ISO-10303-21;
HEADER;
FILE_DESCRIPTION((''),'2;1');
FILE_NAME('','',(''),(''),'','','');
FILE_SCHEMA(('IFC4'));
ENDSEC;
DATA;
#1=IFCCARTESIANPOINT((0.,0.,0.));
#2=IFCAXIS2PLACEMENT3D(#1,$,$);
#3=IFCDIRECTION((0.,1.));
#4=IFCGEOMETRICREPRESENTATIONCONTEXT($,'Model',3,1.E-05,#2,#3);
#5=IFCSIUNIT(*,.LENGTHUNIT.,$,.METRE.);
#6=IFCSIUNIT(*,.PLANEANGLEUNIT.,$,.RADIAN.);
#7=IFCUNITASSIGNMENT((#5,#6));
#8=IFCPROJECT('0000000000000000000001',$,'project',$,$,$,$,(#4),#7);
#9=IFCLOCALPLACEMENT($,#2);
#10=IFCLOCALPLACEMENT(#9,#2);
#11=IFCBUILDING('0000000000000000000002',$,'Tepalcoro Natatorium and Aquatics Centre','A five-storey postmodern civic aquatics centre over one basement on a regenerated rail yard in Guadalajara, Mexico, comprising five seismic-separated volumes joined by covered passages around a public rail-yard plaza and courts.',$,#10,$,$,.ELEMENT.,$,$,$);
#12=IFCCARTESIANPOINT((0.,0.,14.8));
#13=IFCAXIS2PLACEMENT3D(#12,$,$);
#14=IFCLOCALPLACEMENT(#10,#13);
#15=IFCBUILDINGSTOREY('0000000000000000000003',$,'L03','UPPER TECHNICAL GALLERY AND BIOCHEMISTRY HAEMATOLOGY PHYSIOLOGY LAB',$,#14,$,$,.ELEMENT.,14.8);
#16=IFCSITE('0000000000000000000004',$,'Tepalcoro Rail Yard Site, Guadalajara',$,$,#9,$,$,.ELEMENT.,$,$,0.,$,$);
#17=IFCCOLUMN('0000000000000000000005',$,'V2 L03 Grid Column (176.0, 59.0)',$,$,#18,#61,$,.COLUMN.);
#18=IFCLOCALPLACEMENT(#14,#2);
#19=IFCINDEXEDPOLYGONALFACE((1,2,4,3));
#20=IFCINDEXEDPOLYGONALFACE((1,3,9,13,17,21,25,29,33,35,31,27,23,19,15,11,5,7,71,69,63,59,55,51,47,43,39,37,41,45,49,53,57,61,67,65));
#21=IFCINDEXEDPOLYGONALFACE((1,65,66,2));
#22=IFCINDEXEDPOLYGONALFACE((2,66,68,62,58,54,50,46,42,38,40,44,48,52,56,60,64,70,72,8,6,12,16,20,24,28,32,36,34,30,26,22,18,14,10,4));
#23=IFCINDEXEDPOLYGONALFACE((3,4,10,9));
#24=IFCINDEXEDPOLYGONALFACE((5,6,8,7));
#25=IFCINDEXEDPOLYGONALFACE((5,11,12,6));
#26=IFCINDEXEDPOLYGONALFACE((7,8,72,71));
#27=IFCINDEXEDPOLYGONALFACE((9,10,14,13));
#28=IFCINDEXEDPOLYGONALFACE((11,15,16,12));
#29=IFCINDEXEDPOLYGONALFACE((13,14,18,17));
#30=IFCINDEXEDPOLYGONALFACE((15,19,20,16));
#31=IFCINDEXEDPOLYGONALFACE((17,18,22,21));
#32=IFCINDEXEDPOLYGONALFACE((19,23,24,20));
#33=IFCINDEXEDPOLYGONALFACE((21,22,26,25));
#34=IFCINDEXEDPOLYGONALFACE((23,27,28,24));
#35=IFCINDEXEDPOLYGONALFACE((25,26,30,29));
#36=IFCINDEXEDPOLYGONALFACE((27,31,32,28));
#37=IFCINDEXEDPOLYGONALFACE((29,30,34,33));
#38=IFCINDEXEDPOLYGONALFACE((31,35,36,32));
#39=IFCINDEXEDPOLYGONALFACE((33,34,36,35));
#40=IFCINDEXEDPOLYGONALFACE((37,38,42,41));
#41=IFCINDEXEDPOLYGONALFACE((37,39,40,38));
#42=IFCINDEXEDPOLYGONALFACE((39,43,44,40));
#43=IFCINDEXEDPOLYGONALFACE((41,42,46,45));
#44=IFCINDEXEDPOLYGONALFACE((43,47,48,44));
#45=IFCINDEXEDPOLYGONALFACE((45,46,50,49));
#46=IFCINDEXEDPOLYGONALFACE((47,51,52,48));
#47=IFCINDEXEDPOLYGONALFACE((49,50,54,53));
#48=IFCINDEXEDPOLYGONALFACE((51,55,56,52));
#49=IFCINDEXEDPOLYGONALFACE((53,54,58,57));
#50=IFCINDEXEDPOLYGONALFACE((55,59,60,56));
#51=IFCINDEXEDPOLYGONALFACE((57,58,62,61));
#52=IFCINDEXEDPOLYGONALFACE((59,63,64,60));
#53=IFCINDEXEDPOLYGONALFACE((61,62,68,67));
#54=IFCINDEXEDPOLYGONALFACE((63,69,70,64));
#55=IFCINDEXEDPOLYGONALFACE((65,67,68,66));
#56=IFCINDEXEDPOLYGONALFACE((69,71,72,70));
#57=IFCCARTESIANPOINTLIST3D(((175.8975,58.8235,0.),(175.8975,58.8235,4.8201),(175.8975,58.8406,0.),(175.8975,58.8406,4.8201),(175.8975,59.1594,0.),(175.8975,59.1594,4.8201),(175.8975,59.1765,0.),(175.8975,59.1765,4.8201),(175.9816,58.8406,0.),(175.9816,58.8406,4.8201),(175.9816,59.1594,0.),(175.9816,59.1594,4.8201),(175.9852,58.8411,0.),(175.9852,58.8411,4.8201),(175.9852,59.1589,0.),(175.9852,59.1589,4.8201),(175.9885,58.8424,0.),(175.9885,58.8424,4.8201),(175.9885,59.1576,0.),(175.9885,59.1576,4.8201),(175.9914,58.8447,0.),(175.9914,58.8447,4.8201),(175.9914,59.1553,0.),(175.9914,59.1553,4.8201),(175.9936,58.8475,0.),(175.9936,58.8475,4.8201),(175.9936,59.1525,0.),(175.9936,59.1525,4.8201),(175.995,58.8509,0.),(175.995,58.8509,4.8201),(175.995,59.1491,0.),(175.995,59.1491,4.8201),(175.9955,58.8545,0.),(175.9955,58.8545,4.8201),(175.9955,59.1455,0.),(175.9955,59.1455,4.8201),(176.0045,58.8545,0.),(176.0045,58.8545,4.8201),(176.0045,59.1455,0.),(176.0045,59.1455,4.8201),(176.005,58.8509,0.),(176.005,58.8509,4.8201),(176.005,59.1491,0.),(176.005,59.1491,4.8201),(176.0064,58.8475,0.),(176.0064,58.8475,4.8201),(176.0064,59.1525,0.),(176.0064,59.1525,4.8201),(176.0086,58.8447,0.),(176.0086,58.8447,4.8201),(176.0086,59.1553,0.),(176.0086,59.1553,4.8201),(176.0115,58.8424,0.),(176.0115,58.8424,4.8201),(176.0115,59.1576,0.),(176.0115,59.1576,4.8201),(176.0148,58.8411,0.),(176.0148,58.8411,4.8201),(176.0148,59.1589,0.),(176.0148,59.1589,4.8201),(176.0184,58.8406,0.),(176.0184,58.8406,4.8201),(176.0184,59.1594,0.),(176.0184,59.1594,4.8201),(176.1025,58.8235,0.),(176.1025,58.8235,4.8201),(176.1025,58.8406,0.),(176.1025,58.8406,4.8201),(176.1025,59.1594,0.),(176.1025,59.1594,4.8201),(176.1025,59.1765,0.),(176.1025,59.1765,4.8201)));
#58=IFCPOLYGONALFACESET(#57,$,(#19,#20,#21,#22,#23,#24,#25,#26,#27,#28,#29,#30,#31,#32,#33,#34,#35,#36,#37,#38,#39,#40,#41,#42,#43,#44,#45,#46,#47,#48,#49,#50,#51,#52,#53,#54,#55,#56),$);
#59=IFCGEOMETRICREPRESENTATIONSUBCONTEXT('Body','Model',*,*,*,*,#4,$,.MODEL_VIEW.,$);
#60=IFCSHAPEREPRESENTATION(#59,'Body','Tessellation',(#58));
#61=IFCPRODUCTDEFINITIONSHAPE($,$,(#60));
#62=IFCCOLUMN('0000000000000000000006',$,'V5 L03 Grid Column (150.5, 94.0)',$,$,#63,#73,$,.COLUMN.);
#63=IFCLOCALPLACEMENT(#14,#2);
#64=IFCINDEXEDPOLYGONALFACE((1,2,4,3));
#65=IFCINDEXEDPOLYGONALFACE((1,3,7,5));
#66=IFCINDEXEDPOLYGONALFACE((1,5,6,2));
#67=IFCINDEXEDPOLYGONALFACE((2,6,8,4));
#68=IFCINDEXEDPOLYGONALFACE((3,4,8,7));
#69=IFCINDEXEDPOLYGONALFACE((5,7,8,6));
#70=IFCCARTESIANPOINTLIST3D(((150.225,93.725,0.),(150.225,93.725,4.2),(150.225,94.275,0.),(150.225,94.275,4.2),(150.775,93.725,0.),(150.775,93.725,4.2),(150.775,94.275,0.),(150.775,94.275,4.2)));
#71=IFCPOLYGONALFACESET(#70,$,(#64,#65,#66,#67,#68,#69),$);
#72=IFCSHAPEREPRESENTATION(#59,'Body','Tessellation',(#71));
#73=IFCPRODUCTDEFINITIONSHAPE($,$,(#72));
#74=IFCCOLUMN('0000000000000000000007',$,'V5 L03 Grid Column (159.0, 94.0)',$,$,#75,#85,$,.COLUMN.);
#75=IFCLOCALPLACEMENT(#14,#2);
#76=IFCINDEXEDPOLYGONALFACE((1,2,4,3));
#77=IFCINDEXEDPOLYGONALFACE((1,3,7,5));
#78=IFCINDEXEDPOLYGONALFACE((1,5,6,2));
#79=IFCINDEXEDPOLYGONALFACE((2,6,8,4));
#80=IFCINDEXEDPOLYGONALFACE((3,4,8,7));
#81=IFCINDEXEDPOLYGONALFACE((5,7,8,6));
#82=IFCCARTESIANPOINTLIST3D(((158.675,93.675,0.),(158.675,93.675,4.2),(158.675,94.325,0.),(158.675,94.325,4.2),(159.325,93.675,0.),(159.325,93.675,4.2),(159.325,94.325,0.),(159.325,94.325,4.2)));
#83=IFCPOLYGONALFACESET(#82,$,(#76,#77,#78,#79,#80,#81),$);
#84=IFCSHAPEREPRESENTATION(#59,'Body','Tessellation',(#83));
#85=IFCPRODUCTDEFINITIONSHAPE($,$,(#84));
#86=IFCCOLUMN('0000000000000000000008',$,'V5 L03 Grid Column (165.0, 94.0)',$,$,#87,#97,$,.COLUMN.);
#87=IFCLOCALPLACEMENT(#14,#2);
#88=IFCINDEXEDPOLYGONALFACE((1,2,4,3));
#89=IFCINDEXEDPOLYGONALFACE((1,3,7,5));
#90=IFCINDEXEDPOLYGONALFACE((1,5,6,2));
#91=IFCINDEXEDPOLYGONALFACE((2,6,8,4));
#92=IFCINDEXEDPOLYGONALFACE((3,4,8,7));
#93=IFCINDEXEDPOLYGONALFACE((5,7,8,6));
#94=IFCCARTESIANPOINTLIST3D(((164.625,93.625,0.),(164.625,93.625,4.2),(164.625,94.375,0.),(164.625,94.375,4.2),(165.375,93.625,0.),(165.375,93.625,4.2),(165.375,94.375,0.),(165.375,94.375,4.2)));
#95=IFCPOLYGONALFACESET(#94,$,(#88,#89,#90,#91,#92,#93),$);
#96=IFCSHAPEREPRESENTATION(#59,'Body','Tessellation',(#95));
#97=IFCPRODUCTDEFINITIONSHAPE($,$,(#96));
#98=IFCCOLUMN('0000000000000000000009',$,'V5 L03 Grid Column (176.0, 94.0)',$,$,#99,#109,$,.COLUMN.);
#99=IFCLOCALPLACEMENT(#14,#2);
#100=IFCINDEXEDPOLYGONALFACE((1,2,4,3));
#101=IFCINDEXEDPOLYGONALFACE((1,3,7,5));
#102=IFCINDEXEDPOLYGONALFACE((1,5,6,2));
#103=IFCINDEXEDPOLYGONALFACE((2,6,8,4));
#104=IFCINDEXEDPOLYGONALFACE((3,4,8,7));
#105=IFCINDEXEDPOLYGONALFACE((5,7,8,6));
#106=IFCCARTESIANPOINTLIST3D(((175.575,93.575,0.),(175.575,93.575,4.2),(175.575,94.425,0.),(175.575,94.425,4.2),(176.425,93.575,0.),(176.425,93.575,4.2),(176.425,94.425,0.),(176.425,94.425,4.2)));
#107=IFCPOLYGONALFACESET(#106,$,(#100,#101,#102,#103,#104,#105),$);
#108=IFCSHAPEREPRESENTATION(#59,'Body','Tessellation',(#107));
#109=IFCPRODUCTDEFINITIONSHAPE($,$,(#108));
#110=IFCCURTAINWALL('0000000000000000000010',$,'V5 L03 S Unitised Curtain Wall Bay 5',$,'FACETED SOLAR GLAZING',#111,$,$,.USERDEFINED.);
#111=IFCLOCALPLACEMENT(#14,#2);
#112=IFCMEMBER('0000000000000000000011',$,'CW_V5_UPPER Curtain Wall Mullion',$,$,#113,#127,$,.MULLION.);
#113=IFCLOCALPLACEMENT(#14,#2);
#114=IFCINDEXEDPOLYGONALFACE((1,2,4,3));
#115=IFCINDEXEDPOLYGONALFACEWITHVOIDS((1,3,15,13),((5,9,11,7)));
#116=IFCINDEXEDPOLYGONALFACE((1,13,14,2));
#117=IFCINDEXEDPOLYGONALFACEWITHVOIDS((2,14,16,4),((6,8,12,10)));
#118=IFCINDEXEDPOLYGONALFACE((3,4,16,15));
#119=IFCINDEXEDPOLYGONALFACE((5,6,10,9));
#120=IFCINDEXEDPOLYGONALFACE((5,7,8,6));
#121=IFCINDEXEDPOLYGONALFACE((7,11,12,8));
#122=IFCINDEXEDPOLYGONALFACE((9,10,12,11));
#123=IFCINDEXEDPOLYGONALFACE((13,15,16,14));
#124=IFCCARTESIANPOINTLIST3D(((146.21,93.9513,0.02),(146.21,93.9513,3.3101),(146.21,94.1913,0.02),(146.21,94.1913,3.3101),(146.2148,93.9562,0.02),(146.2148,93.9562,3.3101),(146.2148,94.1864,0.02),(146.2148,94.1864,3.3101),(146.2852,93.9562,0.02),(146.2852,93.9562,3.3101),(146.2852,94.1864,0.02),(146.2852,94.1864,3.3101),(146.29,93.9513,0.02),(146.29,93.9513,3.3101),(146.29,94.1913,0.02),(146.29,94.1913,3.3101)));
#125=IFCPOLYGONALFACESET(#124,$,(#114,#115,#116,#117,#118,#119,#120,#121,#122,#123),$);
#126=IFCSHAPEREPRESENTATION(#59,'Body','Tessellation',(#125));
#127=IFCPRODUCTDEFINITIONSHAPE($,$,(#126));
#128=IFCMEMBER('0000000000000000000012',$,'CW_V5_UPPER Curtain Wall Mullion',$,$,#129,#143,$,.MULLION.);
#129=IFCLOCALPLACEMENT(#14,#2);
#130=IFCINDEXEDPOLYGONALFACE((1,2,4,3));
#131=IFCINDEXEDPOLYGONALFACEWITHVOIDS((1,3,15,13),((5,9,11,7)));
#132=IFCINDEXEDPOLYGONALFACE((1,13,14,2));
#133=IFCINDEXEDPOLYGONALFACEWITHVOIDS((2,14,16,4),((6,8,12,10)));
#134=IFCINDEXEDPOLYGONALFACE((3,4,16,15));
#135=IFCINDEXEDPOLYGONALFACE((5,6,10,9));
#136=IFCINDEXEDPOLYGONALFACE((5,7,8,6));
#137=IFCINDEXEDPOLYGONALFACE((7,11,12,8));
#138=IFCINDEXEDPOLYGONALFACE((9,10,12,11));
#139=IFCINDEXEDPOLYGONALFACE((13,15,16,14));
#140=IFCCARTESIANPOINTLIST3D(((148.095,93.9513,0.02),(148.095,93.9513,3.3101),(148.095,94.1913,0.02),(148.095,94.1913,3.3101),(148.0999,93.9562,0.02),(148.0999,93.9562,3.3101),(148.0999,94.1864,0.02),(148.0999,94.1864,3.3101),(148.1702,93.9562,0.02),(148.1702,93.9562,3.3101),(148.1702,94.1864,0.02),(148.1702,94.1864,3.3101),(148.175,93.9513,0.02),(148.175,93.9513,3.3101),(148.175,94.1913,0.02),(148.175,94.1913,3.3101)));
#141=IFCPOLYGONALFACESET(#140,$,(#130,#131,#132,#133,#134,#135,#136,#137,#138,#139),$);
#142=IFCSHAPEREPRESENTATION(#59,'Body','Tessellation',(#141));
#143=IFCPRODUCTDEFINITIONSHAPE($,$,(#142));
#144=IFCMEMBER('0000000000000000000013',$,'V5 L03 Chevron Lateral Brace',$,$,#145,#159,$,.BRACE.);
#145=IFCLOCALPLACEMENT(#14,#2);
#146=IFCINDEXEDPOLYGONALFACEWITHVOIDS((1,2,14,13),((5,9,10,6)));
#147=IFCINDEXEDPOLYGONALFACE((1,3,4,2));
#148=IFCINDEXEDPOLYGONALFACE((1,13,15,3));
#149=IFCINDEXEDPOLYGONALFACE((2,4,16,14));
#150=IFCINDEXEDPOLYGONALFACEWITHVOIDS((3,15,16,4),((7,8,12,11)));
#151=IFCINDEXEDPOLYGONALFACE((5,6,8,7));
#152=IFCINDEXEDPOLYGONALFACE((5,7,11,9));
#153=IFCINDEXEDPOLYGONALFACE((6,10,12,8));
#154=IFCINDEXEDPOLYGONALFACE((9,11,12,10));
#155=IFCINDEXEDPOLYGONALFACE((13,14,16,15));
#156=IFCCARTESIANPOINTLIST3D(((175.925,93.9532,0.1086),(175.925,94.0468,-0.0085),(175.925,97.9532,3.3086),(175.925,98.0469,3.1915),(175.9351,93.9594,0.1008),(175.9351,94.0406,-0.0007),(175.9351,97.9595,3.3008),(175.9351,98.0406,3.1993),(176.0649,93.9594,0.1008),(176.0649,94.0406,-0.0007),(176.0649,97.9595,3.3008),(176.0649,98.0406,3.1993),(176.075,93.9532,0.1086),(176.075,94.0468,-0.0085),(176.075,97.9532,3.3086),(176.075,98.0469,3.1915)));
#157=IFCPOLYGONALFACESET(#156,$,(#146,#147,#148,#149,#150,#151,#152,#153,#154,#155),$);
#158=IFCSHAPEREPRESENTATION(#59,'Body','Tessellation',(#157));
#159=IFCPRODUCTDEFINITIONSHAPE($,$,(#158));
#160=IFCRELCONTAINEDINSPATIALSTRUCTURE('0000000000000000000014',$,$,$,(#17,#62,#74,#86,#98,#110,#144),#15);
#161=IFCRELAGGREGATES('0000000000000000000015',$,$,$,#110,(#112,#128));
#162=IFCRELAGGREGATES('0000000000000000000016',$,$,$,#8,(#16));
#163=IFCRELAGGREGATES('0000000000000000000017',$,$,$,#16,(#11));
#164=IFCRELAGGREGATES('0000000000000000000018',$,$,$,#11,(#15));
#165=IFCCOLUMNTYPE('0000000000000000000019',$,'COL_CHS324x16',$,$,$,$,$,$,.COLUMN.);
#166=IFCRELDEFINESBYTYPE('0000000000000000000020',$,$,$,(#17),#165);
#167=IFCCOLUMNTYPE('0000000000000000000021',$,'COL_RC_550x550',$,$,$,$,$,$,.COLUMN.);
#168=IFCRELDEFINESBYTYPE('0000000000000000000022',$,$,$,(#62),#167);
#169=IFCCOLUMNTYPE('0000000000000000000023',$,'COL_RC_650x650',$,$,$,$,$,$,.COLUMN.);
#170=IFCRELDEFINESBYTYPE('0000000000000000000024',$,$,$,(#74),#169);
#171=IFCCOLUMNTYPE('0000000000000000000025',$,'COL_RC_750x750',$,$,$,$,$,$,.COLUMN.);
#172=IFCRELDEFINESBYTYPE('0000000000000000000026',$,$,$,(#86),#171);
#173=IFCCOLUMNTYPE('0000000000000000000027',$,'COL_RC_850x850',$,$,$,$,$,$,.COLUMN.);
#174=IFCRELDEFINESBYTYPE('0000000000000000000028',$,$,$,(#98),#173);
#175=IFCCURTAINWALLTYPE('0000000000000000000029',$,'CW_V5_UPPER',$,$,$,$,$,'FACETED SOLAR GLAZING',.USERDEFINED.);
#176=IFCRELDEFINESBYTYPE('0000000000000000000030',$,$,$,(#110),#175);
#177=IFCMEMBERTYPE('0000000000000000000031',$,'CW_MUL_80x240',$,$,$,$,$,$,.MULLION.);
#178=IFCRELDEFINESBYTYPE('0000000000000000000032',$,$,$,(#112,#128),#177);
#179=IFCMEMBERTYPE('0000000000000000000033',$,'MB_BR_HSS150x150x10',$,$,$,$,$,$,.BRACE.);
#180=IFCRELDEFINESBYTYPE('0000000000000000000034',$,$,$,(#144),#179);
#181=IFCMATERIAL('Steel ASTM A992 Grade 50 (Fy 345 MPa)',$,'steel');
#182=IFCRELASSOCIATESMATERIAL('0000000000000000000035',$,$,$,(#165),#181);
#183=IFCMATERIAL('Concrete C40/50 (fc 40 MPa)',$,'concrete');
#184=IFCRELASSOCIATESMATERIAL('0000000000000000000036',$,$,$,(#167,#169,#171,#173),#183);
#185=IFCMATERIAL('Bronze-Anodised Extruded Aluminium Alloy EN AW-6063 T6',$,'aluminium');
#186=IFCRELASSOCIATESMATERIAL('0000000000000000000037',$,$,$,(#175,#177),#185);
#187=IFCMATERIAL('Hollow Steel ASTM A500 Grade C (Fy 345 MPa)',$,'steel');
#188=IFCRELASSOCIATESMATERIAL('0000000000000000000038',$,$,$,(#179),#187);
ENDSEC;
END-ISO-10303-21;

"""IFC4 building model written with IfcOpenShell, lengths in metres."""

from ifc_helpers import new_model, si_unit, direction, frame, origin, origin_2d, place, context, subcontext, project, spatial, rectangle, hollow_rectangle, i_section, extrude, material, material_profile, profile_set, type_object, element, aggregate, save


model = new_model("IFC4")

# Units and contexts
model_context = context("Model", 3, precision=1e-05, world=origin(), true_north=direction((0.0, 1.0)))
body_context = subcontext(model_context, "Body", "Model", "MODEL_VIEW")
ifc_project = project(units=[si_unit("LENGTHUNIT", "METRE"), si_unit("PLANEANGLEUNIT", "RADIAN")], contexts=[model_context])

# Site, building, storey
site_placement = place(None, origin())
site = spatial("IfcSite", under=ifc_project, at=site_placement, Name="Tepalcoro Rail Yard Site, Guadalajara", CompositionType="ELEMENT", RefElevation=0.0)
building_placement = place(site_placement, origin())
building = spatial("IfcBuilding", under=site, at=building_placement, Name="Tepalcoro Natatorium and Aquatics Centre", Description="A five-storey postmodern civic aquatics centre over one basement on a regenerated rail yard in Guadalajara, Mexico, comprising five seismic-separated volumes joined by covered passages around a public rail-yard plaza and courts.", CompositionType="ELEMENT")
storey_placement = place(building_placement, frame((0.0, 0.0, 14.8)))
storey = spatial("IfcBuildingStorey", under=building, at=storey_placement, Name="L03", Description="UPPER TECHNICAL GALLERY AND BIOCHEMISTRY HAEMATOLOGY PHYSIOLOGY LAB", CompositionType="ELEMENT", Elevation=14.8)

# Columns
ifc_material_1 = material(Name="Steel ASTM A992 Grade 50 (Fy 345 MPa)", Category="steel")
ifc_material_profile_1 = material_profile(ifc_material_1, i_section(OverallWidth=0.2051, OverallDepth=0.353, WebThickness=0.009, FlangeThickness=0.0171, FilletRadius=0.0139, at=origin_2d()), Name="W14X53")
ifc_profile_set_1 = profile_set([ifc_material_profile_1], Name="Steel ASTM A992 Grade 50 (Fy 345 MPa)")
column_type_1 = type_object("IfcColumnType", Name="COL_CHS324x16", PredefinedType="COLUMN", material=ifc_profile_set_1)
column_1_placement = place(storey_placement, frame((176.0, 59.0, 0.0), z_axis=(0.0, 0.0, 1.0), x_axis=(1.0, 0.0, 0.0)))
element("IfcColumn", 1, at=column_1_placement, inside=storey, type_object=column_type_1, Name="V2 L03 Grid Column (176.0, 59.0)", PredefinedType="COLUMN", context=body_context, shape_type="SweptSolid", body=[
    extrude(i_section(OverallWidth=0.2051, OverallDepth=0.353, WebThickness=0.009, FlangeThickness=0.0171, FilletRadius=0.0139, at=origin_2d()), origin(), (0.0, 0.0, 1.0), 4.8201),
])
ifc_material_2 = material(Name="Concrete C40/50 (fc 40 MPa)", Category="concrete")
ifc_material_profile_2 = material_profile(ifc_material_2, rectangle(XDim=0.55, YDim=0.55, at=origin_2d()), Name="RC550x550")
ifc_profile_set_2 = profile_set([ifc_material_profile_2], Name="Concrete C40/50 (fc 40 MPa)")
column_type_2 = type_object("IfcColumnType", Name="COL_RC_550x550", PredefinedType="COLUMN", material=ifc_profile_set_2)
column_2_placement = place(storey_placement, frame((150.5, 94.0, 0.0), z_axis=(0.0, 0.0, 1.0), x_axis=(1.0, 0.0, 0.0)))
element("IfcColumn", 2, at=column_2_placement, inside=storey, type_object=column_type_2, Name="V5 L03 Grid Column (150.5, 94.0)", PredefinedType="COLUMN", context=body_context, shape_type="SweptSolid", body=[
    extrude(rectangle(XDim=0.55, YDim=0.55, at=origin_2d()), origin(), (0.0, 0.0, 1.0), 4.2),
])
ifc_material_profile_3 = material_profile(ifc_material_2, rectangle(XDim=0.6499, YDim=0.6499, at=origin_2d()), Name="RC650x650")
ifc_profile_set_3 = profile_set([ifc_material_profile_3], Name="Concrete C40/50 (fc 40 MPa)")
column_type_3 = type_object("IfcColumnType", Name="COL_RC_650x650", PredefinedType="COLUMN", material=ifc_profile_set_3)
column_3_placement = place(storey_placement, frame((159.0, 94.0, 0.0), z_axis=(0.0, 0.0, 1.0), x_axis=(1.0, 0.0, 0.0)))
element("IfcColumn", 3, at=column_3_placement, inside=storey, type_object=column_type_3, Name="V5 L03 Grid Column (159.0, 94.0)", PredefinedType="COLUMN", context=body_context, shape_type="SweptSolid", body=[
    extrude(rectangle(XDim=0.6499, YDim=0.6499, at=origin_2d()), origin(), (0.0, 0.0, 1.0), 4.2),
])
ifc_material_profile_4 = material_profile(ifc_material_2, rectangle(XDim=0.75, YDim=0.75, at=origin_2d()), Name="RC750x750")
ifc_profile_set_4 = profile_set([ifc_material_profile_4], Name="Concrete C40/50 (fc 40 MPa)")
column_type_4 = type_object("IfcColumnType", Name="COL_RC_750x750", PredefinedType="COLUMN", material=ifc_profile_set_4)
column_4_placement = place(storey_placement, frame((165.0, 94.0, 0.0), z_axis=(0.0, 0.0, 1.0), x_axis=(1.0, 0.0, 0.0)))
element("IfcColumn", 4, at=column_4_placement, inside=storey, type_object=column_type_4, Name="V5 L03 Grid Column (165.0, 94.0)", PredefinedType="COLUMN", context=body_context, shape_type="SweptSolid", body=[
    extrude(rectangle(XDim=0.75, YDim=0.75, at=origin_2d()), origin(), (0.0, 0.0, 1.0), 4.2),
])
ifc_material_profile_5 = material_profile(ifc_material_2, rectangle(XDim=0.8501, YDim=0.8501, at=origin_2d()), Name="RC850x850")
ifc_profile_set_5 = profile_set([ifc_material_profile_5], Name="Concrete C40/50 (fc 40 MPa)")
column_type_5 = type_object("IfcColumnType", Name="COL_RC_850x850", PredefinedType="COLUMN", material=ifc_profile_set_5)
column_5_placement = place(storey_placement, frame((176.0, 94.0, 0.0), z_axis=(0.0, 0.0, 1.0), x_axis=(1.0, 0.0, 0.0)))
element("IfcColumn", 5, at=column_5_placement, inside=storey, type_object=column_type_5, Name="V5 L03 Grid Column (176.0, 94.0)", PredefinedType="COLUMN", context=body_context, shape_type="SweptSolid", body=[
    extrude(rectangle(XDim=0.8501, YDim=0.8501, at=origin_2d()), origin(), (0.0, 0.0, 1.0), 4.2),
])

# Curtain wall, members
ifc_material_3 = material(Name="Bronze-Anodised Extruded Aluminium Alloy EN AW-6063 T6", Category="aluminium")
curtain_wall_type = type_object("IfcCurtainWallType", Name="CW_V5_UPPER", ElementType="FACETED SOLAR GLAZING", PredefinedType="USERDEFINED", material=ifc_material_3)
curtain_wall_placement = place(storey_placement, origin())
curtain_wall = element("IfcCurtainWall", 6, at=curtain_wall_placement, inside=storey, type_object=curtain_wall_type, Name="V5 L03 S Unitised Curtain Wall Bay 5", ObjectType="FACETED SOLAR GLAZING", PredefinedType="USERDEFINED")
ifc_material_profile_6 = material_profile(ifc_material_3, hollow_rectangle(XDim=0.0801, YDim=0.24, WallThickness=0.0049, at=origin_2d()), Name="AL80X240X5")
ifc_profile_set_6 = profile_set([ifc_material_profile_6], Name="Bronze-Anodised Extruded Aluminium Alloy EN AW-6063 T6")
member_type_1 = type_object("IfcMemberType", Name="CW_MUL_80x240", PredefinedType="MULLION", material=ifc_profile_set_6)
member_1_placement = place(storey_placement, frame((146.25, 94.0713, 0.02), z_axis=(0.0, 0.0, 1.0), x_axis=(1.0, 0.0, 0.0)))
member_1 = element("IfcMember", 7, at=member_1_placement, type_object=member_type_1, Name="CW_V5_UPPER Curtain Wall Mullion", PredefinedType="MULLION", context=body_context, shape_type="SweptSolid", body=[
    extrude(hollow_rectangle(XDim=0.0801, YDim=0.24, WallThickness=0.0049, at=origin_2d()), origin(), (0.0, 0.0, 1.0), 3.29),
])
member_2_placement = place(storey_placement, frame((148.135, 94.0713, 0.02), z_axis=(0.0, 0.0, 1.0), x_axis=(1.0, 0.0, 0.0)))
member_2 = element("IfcMember", 8, at=member_2_placement, type_object=member_type_1, Name="CW_V5_UPPER Curtain Wall Mullion", PredefinedType="MULLION", context=body_context, shape_type="SweptSolid", body=[
    extrude(hollow_rectangle(XDim=0.0801, YDim=0.24, WallThickness=0.0049, at=origin_2d()), origin(), (0.0, 0.0, 1.0), 3.29),
])

# Member
ifc_material_4 = material(Name="Hollow Steel ASTM A500 Grade C (Fy 345 MPa)", Category="steel")
ifc_material_profile_7 = material_profile(ifc_material_4, hollow_rectangle(XDim=0.1499, YDim=0.1499, WallThickness=0.01, at=origin_2d()), Name="HSS150X150X10")
ifc_profile_set_7 = profile_set([ifc_material_profile_7], Name="Hollow Steel ASTM A500 Grade C (Fy 345 MPa)")
member_type_2 = type_object("IfcMemberType", Name="MB_BR_HSS150x150x10", PredefinedType="BRACE", material=ifc_profile_set_7)
member_3_placement = place(storey_placement, frame((176.0, 94.0, 0.05), z_axis=(0.0, 0.780873, 0.624689), x_axis=(-1.0, 0.0, 0.0)))
element("IfcMember", 9, at=member_3_placement, inside=storey, type_object=member_type_2, Name="V5 L03 Chevron Lateral Brace", PredefinedType="BRACE", context=body_context, shape_type="SweptSolid", body=[
    extrude(hollow_rectangle(XDim=0.1499, YDim=0.1499, WallThickness=0.01, at=origin_2d()), origin(), (0.0, 0.0, 1.0), 5.1226),
])

aggregate(curtain_wall, [member_1, member_2])

save(model, "model.ifc")
